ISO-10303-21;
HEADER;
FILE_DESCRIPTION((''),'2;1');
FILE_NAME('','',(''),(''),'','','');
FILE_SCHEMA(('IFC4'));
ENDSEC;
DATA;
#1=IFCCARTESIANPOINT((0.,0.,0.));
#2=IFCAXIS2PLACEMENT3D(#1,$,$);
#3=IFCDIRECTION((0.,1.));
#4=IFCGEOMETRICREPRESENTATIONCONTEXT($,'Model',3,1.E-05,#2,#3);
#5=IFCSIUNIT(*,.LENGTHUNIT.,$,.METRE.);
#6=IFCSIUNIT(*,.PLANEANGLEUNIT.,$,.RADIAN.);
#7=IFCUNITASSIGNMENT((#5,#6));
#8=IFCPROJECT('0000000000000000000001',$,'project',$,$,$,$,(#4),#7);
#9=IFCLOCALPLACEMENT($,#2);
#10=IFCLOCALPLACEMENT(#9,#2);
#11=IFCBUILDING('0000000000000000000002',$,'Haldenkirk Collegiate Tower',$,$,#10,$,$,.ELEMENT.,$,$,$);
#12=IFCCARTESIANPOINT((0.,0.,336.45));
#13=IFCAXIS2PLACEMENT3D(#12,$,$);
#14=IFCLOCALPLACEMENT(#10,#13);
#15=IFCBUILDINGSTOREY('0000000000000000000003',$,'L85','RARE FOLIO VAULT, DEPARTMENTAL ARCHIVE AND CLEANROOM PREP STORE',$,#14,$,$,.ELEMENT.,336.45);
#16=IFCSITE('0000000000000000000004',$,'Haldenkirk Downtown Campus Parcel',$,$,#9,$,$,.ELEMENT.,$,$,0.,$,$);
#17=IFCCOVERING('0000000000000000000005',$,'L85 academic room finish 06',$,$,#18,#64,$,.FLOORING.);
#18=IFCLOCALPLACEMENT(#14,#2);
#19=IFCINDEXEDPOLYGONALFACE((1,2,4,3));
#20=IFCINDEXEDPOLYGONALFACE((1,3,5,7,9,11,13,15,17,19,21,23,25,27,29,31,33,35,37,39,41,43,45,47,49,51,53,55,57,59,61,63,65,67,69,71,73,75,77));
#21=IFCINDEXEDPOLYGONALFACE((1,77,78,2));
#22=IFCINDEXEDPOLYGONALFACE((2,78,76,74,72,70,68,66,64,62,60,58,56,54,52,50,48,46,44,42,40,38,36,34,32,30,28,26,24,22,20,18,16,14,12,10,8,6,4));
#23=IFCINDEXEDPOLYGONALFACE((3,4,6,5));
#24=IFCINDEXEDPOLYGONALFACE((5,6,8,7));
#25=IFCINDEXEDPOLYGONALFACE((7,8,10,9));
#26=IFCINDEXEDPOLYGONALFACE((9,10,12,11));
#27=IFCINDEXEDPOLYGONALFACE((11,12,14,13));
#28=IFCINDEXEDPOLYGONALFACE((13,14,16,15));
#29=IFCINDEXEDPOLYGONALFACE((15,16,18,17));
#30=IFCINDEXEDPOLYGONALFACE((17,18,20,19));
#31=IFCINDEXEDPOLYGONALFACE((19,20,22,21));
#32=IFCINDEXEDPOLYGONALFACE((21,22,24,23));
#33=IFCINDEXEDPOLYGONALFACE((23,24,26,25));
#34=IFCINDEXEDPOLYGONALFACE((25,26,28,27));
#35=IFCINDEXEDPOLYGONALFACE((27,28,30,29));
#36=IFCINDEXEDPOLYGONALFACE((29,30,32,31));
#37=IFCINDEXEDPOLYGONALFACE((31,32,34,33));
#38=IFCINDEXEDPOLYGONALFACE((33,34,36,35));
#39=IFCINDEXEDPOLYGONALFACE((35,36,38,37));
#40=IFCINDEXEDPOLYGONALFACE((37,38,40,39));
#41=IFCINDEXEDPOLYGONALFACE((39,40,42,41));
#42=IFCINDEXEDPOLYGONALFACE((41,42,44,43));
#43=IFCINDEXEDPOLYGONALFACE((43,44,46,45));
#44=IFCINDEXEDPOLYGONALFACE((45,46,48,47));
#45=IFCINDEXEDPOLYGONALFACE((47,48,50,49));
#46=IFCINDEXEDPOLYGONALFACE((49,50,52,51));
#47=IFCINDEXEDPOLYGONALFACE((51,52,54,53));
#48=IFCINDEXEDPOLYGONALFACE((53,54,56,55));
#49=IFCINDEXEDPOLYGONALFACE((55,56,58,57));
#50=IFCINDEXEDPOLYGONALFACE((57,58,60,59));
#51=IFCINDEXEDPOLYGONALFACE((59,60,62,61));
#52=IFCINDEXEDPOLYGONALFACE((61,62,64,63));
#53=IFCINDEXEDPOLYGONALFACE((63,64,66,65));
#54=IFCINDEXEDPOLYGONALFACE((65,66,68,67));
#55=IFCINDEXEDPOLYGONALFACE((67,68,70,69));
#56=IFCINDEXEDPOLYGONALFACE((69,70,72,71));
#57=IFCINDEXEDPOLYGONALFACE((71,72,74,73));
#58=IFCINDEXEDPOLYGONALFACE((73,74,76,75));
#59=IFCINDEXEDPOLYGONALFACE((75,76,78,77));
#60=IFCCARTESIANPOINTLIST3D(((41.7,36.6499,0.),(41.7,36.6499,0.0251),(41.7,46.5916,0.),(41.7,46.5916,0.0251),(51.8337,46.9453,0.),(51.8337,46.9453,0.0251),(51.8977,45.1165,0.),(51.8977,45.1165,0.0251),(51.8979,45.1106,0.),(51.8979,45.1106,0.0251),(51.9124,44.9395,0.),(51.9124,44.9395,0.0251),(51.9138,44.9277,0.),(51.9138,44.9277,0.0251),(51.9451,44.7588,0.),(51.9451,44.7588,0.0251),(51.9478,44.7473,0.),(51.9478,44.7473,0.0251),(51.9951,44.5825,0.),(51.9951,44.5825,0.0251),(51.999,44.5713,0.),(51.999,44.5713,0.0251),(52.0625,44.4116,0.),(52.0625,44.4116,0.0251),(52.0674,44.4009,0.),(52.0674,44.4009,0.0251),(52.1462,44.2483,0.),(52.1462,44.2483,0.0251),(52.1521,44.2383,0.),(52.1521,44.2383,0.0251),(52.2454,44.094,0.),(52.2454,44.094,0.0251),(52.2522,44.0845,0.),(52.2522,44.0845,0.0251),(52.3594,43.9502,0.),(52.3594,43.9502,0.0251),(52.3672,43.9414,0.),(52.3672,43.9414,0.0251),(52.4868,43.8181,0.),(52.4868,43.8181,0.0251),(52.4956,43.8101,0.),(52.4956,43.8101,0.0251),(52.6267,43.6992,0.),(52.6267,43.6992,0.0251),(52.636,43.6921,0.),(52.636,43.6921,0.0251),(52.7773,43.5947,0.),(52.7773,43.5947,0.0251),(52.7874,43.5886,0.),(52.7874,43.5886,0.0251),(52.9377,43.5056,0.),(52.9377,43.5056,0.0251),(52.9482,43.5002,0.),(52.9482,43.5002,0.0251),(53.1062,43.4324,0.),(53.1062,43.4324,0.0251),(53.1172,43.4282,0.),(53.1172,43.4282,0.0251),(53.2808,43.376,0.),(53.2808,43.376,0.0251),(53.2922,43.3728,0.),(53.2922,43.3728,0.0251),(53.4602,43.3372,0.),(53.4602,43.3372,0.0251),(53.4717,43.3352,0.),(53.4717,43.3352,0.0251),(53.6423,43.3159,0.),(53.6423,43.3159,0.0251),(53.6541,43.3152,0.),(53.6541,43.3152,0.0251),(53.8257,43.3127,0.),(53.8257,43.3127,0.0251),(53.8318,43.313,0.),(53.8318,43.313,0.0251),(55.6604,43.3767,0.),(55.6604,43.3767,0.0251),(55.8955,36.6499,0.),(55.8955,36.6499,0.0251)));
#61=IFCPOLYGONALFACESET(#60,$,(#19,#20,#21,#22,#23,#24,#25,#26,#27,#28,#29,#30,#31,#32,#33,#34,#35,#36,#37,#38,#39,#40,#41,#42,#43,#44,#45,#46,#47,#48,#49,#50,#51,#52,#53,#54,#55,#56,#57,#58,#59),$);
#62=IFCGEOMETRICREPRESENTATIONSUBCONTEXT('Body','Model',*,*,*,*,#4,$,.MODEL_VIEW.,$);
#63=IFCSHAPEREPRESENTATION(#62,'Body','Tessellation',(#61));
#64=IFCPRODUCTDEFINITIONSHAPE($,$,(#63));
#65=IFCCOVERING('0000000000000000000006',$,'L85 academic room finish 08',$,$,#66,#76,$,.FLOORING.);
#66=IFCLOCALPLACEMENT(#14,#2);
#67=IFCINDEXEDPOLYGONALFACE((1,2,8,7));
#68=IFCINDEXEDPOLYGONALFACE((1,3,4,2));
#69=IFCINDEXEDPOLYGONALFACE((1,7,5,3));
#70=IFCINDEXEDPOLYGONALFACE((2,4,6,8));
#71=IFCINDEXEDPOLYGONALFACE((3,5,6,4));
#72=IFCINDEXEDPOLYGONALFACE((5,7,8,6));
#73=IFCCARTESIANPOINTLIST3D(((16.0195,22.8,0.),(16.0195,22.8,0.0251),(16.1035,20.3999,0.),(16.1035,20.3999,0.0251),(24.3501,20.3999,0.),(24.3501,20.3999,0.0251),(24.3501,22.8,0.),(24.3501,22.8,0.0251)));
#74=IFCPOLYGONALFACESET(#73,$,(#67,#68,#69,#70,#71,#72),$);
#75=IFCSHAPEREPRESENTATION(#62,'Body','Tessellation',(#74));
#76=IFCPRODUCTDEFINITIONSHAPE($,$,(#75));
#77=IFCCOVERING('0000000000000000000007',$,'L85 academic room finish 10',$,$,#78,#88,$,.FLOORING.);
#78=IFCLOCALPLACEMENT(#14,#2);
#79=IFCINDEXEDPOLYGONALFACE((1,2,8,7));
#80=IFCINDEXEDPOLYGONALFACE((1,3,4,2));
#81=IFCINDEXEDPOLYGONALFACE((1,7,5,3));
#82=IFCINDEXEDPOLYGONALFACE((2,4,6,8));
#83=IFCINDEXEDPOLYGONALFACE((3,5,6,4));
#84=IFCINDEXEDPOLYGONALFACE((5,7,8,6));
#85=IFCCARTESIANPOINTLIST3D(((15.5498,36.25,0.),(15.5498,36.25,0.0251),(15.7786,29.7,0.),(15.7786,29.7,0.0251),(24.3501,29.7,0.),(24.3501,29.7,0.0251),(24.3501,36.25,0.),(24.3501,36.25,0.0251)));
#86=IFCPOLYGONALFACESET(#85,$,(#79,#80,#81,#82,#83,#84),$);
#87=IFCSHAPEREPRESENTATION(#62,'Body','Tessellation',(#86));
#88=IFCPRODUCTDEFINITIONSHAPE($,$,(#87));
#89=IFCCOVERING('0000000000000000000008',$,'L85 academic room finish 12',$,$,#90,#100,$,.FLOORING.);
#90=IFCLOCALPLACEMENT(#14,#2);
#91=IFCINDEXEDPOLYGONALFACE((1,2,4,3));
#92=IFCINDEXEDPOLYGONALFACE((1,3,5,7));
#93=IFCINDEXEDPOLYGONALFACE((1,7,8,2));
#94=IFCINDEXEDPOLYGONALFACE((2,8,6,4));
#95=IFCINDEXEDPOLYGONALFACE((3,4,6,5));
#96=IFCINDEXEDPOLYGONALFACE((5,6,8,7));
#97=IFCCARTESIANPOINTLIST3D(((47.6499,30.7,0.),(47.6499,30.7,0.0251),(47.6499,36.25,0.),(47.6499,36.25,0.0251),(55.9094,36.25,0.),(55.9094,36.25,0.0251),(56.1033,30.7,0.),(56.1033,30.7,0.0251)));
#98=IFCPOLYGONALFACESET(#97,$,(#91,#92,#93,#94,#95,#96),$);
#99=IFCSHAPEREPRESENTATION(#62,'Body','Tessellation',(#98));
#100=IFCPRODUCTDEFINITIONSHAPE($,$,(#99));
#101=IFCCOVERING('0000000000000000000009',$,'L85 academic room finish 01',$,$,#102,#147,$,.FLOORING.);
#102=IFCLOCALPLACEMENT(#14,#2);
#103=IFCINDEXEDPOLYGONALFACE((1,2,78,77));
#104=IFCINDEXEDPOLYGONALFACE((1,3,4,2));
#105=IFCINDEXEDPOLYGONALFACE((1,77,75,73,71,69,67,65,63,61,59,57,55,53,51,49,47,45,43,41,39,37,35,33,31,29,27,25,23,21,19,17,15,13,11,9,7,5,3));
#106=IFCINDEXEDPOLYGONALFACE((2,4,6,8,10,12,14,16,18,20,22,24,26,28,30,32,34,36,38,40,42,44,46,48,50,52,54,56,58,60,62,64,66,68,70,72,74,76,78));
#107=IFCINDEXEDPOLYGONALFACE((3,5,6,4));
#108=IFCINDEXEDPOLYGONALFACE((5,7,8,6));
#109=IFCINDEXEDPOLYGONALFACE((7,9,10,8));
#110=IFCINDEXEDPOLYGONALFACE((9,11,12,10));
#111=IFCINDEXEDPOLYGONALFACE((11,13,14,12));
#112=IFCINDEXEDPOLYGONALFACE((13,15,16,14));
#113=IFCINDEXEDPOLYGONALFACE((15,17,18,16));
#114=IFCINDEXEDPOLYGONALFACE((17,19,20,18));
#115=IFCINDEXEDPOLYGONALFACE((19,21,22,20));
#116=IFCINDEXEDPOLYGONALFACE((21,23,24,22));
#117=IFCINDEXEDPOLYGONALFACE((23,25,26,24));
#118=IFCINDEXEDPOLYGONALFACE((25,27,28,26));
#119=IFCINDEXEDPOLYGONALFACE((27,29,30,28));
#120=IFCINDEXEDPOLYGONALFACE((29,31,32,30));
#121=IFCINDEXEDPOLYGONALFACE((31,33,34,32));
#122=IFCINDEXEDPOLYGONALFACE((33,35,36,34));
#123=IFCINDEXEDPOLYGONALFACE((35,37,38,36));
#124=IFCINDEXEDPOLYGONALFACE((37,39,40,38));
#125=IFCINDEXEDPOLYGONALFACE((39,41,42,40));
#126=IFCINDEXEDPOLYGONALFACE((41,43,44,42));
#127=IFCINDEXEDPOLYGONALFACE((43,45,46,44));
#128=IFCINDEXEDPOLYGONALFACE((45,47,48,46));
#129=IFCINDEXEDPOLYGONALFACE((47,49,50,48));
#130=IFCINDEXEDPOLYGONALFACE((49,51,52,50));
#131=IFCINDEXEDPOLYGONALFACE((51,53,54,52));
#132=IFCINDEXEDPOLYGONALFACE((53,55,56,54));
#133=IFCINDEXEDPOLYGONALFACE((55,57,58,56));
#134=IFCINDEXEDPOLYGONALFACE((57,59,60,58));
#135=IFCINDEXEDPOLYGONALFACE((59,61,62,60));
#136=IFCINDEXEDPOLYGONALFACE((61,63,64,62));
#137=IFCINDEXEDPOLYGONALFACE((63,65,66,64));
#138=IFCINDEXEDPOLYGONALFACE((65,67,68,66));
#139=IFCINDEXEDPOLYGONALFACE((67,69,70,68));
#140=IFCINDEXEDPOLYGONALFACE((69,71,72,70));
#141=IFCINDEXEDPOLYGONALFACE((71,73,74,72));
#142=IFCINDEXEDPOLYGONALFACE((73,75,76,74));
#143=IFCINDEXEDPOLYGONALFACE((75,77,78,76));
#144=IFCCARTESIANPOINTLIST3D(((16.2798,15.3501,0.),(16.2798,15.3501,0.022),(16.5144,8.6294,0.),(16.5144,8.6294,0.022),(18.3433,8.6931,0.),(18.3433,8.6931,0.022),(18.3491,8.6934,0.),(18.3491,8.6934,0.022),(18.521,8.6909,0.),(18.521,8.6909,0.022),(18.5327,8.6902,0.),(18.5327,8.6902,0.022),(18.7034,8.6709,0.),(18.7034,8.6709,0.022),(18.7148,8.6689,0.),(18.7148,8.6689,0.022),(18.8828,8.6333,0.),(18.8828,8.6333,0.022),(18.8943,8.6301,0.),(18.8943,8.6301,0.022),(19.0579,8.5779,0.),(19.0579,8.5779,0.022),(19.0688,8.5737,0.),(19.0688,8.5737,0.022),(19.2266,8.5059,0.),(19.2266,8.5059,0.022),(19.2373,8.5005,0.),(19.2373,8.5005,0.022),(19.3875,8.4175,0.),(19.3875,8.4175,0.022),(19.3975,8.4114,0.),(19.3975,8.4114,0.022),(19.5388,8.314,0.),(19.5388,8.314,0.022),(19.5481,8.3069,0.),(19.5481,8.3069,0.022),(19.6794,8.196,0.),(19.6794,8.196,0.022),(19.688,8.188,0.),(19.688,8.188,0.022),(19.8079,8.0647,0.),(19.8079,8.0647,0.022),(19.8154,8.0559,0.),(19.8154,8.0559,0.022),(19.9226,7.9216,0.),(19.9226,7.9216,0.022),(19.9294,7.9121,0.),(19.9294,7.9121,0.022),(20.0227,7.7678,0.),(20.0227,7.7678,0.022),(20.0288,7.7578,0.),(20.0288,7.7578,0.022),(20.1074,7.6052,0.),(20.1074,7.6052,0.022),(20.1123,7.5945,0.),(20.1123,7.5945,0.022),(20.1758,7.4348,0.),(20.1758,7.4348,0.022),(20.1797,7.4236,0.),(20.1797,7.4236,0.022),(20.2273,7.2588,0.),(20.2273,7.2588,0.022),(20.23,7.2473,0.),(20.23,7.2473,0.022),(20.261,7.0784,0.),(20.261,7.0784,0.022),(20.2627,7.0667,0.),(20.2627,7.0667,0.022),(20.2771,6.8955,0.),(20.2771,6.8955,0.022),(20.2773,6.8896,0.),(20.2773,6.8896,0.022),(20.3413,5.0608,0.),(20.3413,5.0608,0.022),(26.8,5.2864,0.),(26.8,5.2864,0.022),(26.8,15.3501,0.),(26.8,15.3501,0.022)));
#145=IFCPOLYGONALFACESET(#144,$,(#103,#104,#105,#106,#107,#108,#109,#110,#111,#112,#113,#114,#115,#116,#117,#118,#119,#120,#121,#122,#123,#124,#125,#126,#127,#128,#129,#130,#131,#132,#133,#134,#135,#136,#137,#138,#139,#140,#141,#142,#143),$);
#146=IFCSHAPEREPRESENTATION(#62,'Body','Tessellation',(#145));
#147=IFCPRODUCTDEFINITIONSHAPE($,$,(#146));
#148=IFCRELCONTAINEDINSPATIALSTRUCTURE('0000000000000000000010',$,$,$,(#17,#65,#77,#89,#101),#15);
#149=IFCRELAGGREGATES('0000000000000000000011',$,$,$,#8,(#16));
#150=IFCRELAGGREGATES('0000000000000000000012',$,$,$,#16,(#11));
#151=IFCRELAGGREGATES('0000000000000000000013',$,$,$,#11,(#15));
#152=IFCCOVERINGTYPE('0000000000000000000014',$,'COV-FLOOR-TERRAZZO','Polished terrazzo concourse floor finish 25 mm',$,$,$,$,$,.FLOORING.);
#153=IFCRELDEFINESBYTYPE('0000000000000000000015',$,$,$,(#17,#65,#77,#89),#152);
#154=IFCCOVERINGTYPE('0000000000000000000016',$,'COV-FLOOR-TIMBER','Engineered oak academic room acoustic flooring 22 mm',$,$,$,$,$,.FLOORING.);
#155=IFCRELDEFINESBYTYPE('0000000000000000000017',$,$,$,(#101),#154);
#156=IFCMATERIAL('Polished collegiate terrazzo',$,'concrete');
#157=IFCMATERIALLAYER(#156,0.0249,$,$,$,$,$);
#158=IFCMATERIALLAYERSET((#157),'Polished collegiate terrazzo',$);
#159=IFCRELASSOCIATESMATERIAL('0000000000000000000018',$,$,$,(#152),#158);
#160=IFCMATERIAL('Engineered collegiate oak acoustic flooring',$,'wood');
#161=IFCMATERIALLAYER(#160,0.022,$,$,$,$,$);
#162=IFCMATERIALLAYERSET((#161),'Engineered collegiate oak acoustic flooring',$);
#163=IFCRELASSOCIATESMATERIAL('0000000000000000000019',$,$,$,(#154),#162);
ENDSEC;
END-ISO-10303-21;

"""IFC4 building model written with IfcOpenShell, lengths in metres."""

from ifc_helpers import new_model, si_unit, direction, frame, origin, place, context, subcontext, project, spatial, polyline, outline, extrude, material, layer, layer_set, type_object, element, save


model = new_model("IFC4")

# Units and contexts
model_context = context("Model", 3, precision=1e-05, world=origin(), true_north=direction((0.0, 1.0)))
body_context = subcontext(model_context, "Body", "Model", "MODEL_VIEW")
ifc_project = project(units=[si_unit("LENGTHUNIT", "METRE"), si_unit("PLANEANGLEUNIT", "RADIAN")], contexts=[model_context])

# Site, building, storey
site_placement = place(None, origin())
site = spatial("IfcSite", under=ifc_project, at=site_placement, Name="Haldenkirk Downtown Campus Parcel", CompositionType="ELEMENT", RefElevation=0.0)
building_placement = place(site_placement, origin())
building = spatial("IfcBuilding", under=site, at=building_placement, Name="Haldenkirk Collegiate Tower", CompositionType="ELEMENT")
storey_placement = place(building_placement, frame((0.0, 0.0, 336.45)))
storey = spatial("IfcBuildingStorey", under=building, at=storey_placement, Name="L85", Description="RARE FOLIO VAULT, DEPARTMENTAL ARCHIVE AND CLEANROOM PREP STORE", CompositionType="ELEMENT", Elevation=336.45)

# Coverings
ifc_material_1 = material(Name="Polished collegiate terrazzo", Category="concrete")
ifc_layer_1 = layer(ifc_material_1, 0.0249)
ifc_layer_set_1 = layer_set([ifc_layer_1], Name="Polished collegiate terrazzo")
covering_type_1 = type_object("IfcCoveringType", Name="COV-FLOOR-TERRAZZO", Description="Polished terrazzo concourse floor finish 25 mm", PredefinedType="FLOORING", material=ifc_layer_set_1)
covering_1_placement = place(storey_placement, origin())
element("IfcCovering", 1, at=covering_1_placement, inside=storey, type_object=covering_type_1, Name="L85 academic room finish 06", PredefinedType="FLOORING", context=body_context, shape_type="SweptSolid", body=[
    extrude(outline(polyline([(51.8337, 46.9453), (51.8977, 45.1165), (51.8979, 45.1106), (51.9124, 44.9395), (51.9138, 44.9277), (51.9451, 44.7588), (51.9478, 44.7473), (51.9951, 44.5825), (51.999, 44.5713), (52.0625, 44.4116), (52.0674, 44.4009), (52.1462, 44.2483), (52.1521, 44.2383), (52.2454, 44.094), (52.2522, 44.0845), (52.3594, 43.9502), (52.3672, 43.9414), (52.4868, 43.8181), (52.4956, 43.8101), (52.6267, 43.6992), (52.636, 43.6921), (52.7773, 43.5947), (52.7874, 43.5886), (52.9377, 43.5056), (52.9482, 43.5002), (53.1062, 43.4324), (53.1172, 43.4282), (53.2808, 43.376), (53.2922, 43.3728), (53.4602, 43.3372), (53.4717, 43.3352), (53.6423, 43.3159), (53.6541, 43.3152), (53.8257, 43.3127), (53.8318, 43.313), (55.6604, 43.3767), (55.8955, 36.6499), (41.7, 36.6499), (41.7, 46.5916), (51.8337, 46.9453)])), origin(), (0.0, 0.0, 1.0), 0.0251),
])
covering_2_placement = place(storey_placement, origin())
element("IfcCovering", 2, at=covering_2_placement, inside=storey, type_object=covering_type_1, Name="L85 academic room finish 08", PredefinedType="FLOORING", context=body_context, shape_type="SweptSolid", body=[
    extrude(outline(polyline([(16.0195, 22.8), (24.3501, 22.8), (24.3501, 20.3999), (16.1035, 20.3999), (16.0195, 22.8)])), origin(), (0.0, 0.0, 1.0), 0.0251),
])
covering_3_placement = place(storey_placement, origin())
element("IfcCovering", 3, at=covering_3_placement, inside=storey, type_object=covering_type_1, Name="L85 academic room finish 10", PredefinedType="FLOORING", context=body_context, shape_type="SweptSolid", body=[
    extrude(outline(polyline([(15.5498, 36.25), (24.3501, 36.25), (24.3501, 29.7), (15.7786, 29.7), (15.5498, 36.25)])), origin(), (0.0, 0.0, 1.0), 0.0251),
])
covering_4_placement = place(storey_placement, origin())
element("IfcCovering", 4, at=covering_4_placement, inside=storey, type_object=covering_type_1, Name="L85 academic room finish 12", PredefinedType="FLOORING", context=body_context, shape_type="SweptSolid", body=[
    extrude(outline(polyline([(56.1033, 30.7), (47.6499, 30.7), (47.6499, 36.25), (55.9094, 36.25), (56.1033, 30.7)])), origin(), (0.0, 0.0, 1.0), 0.0251),
])
ifc_material_2 = material(Name="Engineered collegiate oak acoustic flooring", Category="wood")
ifc_layer_2 = layer(ifc_material_2, 0.022)
ifc_layer_set_2 = layer_set([ifc_layer_2], Name="Engineered collegiate oak acoustic flooring")
covering_type_2 = type_object("IfcCoveringType", Name="COV-FLOOR-TIMBER", Description="Engineered oak academic room acoustic flooring 22 mm", PredefinedType="FLOORING", material=ifc_layer_set_2)
covering_5_placement = place(storey_placement, origin())
element("IfcCovering", 5, at=covering_5_placement, inside=storey, type_object=covering_type_2, Name="L85 academic room finish 01", PredefinedType="FLOORING", context=body_context, shape_type="SweptSolid", body=[
    extrude(outline(polyline([(20.3413, 5.0608), (20.2773, 6.8896), (20.2771, 6.8955), (20.2627, 7.0667), (20.261, 7.0784), (20.23, 7.2473), (20.2273, 7.2588), (20.1797, 7.4236), (20.1758, 7.4348), (20.1123, 7.5945), (20.1074, 7.6052), (20.0288, 7.7578), (20.0227, 7.7678), (19.9294, 7.9121), (19.9226, 7.9216), (19.8154, 8.0559), (19.8079, 8.0647), (19.688, 8.188), (19.6794, 8.196), (19.5481, 8.3069), (19.5388, 8.314), (19.3975, 8.4114), (19.3875, 8.4175), (19.2373, 8.5005), (19.2266, 8.5059), (19.0688, 8.5737), (19.0579, 8.5779), (18.8943, 8.6301), (18.8828, 8.6333), (18.7148, 8.6689), (18.7034, 8.6709), (18.5327, 8.6902), (18.521, 8.6909), (18.3491, 8.6934), (18.3433, 8.6931), (16.5144, 8.6294), (16.2798, 15.3501), (26.8, 15.3501), (26.8, 5.2864), (20.3413, 5.0608)])), origin(), (0.0, 0.0, 1.0), 0.022),
])

save(model, "model.ifc")
